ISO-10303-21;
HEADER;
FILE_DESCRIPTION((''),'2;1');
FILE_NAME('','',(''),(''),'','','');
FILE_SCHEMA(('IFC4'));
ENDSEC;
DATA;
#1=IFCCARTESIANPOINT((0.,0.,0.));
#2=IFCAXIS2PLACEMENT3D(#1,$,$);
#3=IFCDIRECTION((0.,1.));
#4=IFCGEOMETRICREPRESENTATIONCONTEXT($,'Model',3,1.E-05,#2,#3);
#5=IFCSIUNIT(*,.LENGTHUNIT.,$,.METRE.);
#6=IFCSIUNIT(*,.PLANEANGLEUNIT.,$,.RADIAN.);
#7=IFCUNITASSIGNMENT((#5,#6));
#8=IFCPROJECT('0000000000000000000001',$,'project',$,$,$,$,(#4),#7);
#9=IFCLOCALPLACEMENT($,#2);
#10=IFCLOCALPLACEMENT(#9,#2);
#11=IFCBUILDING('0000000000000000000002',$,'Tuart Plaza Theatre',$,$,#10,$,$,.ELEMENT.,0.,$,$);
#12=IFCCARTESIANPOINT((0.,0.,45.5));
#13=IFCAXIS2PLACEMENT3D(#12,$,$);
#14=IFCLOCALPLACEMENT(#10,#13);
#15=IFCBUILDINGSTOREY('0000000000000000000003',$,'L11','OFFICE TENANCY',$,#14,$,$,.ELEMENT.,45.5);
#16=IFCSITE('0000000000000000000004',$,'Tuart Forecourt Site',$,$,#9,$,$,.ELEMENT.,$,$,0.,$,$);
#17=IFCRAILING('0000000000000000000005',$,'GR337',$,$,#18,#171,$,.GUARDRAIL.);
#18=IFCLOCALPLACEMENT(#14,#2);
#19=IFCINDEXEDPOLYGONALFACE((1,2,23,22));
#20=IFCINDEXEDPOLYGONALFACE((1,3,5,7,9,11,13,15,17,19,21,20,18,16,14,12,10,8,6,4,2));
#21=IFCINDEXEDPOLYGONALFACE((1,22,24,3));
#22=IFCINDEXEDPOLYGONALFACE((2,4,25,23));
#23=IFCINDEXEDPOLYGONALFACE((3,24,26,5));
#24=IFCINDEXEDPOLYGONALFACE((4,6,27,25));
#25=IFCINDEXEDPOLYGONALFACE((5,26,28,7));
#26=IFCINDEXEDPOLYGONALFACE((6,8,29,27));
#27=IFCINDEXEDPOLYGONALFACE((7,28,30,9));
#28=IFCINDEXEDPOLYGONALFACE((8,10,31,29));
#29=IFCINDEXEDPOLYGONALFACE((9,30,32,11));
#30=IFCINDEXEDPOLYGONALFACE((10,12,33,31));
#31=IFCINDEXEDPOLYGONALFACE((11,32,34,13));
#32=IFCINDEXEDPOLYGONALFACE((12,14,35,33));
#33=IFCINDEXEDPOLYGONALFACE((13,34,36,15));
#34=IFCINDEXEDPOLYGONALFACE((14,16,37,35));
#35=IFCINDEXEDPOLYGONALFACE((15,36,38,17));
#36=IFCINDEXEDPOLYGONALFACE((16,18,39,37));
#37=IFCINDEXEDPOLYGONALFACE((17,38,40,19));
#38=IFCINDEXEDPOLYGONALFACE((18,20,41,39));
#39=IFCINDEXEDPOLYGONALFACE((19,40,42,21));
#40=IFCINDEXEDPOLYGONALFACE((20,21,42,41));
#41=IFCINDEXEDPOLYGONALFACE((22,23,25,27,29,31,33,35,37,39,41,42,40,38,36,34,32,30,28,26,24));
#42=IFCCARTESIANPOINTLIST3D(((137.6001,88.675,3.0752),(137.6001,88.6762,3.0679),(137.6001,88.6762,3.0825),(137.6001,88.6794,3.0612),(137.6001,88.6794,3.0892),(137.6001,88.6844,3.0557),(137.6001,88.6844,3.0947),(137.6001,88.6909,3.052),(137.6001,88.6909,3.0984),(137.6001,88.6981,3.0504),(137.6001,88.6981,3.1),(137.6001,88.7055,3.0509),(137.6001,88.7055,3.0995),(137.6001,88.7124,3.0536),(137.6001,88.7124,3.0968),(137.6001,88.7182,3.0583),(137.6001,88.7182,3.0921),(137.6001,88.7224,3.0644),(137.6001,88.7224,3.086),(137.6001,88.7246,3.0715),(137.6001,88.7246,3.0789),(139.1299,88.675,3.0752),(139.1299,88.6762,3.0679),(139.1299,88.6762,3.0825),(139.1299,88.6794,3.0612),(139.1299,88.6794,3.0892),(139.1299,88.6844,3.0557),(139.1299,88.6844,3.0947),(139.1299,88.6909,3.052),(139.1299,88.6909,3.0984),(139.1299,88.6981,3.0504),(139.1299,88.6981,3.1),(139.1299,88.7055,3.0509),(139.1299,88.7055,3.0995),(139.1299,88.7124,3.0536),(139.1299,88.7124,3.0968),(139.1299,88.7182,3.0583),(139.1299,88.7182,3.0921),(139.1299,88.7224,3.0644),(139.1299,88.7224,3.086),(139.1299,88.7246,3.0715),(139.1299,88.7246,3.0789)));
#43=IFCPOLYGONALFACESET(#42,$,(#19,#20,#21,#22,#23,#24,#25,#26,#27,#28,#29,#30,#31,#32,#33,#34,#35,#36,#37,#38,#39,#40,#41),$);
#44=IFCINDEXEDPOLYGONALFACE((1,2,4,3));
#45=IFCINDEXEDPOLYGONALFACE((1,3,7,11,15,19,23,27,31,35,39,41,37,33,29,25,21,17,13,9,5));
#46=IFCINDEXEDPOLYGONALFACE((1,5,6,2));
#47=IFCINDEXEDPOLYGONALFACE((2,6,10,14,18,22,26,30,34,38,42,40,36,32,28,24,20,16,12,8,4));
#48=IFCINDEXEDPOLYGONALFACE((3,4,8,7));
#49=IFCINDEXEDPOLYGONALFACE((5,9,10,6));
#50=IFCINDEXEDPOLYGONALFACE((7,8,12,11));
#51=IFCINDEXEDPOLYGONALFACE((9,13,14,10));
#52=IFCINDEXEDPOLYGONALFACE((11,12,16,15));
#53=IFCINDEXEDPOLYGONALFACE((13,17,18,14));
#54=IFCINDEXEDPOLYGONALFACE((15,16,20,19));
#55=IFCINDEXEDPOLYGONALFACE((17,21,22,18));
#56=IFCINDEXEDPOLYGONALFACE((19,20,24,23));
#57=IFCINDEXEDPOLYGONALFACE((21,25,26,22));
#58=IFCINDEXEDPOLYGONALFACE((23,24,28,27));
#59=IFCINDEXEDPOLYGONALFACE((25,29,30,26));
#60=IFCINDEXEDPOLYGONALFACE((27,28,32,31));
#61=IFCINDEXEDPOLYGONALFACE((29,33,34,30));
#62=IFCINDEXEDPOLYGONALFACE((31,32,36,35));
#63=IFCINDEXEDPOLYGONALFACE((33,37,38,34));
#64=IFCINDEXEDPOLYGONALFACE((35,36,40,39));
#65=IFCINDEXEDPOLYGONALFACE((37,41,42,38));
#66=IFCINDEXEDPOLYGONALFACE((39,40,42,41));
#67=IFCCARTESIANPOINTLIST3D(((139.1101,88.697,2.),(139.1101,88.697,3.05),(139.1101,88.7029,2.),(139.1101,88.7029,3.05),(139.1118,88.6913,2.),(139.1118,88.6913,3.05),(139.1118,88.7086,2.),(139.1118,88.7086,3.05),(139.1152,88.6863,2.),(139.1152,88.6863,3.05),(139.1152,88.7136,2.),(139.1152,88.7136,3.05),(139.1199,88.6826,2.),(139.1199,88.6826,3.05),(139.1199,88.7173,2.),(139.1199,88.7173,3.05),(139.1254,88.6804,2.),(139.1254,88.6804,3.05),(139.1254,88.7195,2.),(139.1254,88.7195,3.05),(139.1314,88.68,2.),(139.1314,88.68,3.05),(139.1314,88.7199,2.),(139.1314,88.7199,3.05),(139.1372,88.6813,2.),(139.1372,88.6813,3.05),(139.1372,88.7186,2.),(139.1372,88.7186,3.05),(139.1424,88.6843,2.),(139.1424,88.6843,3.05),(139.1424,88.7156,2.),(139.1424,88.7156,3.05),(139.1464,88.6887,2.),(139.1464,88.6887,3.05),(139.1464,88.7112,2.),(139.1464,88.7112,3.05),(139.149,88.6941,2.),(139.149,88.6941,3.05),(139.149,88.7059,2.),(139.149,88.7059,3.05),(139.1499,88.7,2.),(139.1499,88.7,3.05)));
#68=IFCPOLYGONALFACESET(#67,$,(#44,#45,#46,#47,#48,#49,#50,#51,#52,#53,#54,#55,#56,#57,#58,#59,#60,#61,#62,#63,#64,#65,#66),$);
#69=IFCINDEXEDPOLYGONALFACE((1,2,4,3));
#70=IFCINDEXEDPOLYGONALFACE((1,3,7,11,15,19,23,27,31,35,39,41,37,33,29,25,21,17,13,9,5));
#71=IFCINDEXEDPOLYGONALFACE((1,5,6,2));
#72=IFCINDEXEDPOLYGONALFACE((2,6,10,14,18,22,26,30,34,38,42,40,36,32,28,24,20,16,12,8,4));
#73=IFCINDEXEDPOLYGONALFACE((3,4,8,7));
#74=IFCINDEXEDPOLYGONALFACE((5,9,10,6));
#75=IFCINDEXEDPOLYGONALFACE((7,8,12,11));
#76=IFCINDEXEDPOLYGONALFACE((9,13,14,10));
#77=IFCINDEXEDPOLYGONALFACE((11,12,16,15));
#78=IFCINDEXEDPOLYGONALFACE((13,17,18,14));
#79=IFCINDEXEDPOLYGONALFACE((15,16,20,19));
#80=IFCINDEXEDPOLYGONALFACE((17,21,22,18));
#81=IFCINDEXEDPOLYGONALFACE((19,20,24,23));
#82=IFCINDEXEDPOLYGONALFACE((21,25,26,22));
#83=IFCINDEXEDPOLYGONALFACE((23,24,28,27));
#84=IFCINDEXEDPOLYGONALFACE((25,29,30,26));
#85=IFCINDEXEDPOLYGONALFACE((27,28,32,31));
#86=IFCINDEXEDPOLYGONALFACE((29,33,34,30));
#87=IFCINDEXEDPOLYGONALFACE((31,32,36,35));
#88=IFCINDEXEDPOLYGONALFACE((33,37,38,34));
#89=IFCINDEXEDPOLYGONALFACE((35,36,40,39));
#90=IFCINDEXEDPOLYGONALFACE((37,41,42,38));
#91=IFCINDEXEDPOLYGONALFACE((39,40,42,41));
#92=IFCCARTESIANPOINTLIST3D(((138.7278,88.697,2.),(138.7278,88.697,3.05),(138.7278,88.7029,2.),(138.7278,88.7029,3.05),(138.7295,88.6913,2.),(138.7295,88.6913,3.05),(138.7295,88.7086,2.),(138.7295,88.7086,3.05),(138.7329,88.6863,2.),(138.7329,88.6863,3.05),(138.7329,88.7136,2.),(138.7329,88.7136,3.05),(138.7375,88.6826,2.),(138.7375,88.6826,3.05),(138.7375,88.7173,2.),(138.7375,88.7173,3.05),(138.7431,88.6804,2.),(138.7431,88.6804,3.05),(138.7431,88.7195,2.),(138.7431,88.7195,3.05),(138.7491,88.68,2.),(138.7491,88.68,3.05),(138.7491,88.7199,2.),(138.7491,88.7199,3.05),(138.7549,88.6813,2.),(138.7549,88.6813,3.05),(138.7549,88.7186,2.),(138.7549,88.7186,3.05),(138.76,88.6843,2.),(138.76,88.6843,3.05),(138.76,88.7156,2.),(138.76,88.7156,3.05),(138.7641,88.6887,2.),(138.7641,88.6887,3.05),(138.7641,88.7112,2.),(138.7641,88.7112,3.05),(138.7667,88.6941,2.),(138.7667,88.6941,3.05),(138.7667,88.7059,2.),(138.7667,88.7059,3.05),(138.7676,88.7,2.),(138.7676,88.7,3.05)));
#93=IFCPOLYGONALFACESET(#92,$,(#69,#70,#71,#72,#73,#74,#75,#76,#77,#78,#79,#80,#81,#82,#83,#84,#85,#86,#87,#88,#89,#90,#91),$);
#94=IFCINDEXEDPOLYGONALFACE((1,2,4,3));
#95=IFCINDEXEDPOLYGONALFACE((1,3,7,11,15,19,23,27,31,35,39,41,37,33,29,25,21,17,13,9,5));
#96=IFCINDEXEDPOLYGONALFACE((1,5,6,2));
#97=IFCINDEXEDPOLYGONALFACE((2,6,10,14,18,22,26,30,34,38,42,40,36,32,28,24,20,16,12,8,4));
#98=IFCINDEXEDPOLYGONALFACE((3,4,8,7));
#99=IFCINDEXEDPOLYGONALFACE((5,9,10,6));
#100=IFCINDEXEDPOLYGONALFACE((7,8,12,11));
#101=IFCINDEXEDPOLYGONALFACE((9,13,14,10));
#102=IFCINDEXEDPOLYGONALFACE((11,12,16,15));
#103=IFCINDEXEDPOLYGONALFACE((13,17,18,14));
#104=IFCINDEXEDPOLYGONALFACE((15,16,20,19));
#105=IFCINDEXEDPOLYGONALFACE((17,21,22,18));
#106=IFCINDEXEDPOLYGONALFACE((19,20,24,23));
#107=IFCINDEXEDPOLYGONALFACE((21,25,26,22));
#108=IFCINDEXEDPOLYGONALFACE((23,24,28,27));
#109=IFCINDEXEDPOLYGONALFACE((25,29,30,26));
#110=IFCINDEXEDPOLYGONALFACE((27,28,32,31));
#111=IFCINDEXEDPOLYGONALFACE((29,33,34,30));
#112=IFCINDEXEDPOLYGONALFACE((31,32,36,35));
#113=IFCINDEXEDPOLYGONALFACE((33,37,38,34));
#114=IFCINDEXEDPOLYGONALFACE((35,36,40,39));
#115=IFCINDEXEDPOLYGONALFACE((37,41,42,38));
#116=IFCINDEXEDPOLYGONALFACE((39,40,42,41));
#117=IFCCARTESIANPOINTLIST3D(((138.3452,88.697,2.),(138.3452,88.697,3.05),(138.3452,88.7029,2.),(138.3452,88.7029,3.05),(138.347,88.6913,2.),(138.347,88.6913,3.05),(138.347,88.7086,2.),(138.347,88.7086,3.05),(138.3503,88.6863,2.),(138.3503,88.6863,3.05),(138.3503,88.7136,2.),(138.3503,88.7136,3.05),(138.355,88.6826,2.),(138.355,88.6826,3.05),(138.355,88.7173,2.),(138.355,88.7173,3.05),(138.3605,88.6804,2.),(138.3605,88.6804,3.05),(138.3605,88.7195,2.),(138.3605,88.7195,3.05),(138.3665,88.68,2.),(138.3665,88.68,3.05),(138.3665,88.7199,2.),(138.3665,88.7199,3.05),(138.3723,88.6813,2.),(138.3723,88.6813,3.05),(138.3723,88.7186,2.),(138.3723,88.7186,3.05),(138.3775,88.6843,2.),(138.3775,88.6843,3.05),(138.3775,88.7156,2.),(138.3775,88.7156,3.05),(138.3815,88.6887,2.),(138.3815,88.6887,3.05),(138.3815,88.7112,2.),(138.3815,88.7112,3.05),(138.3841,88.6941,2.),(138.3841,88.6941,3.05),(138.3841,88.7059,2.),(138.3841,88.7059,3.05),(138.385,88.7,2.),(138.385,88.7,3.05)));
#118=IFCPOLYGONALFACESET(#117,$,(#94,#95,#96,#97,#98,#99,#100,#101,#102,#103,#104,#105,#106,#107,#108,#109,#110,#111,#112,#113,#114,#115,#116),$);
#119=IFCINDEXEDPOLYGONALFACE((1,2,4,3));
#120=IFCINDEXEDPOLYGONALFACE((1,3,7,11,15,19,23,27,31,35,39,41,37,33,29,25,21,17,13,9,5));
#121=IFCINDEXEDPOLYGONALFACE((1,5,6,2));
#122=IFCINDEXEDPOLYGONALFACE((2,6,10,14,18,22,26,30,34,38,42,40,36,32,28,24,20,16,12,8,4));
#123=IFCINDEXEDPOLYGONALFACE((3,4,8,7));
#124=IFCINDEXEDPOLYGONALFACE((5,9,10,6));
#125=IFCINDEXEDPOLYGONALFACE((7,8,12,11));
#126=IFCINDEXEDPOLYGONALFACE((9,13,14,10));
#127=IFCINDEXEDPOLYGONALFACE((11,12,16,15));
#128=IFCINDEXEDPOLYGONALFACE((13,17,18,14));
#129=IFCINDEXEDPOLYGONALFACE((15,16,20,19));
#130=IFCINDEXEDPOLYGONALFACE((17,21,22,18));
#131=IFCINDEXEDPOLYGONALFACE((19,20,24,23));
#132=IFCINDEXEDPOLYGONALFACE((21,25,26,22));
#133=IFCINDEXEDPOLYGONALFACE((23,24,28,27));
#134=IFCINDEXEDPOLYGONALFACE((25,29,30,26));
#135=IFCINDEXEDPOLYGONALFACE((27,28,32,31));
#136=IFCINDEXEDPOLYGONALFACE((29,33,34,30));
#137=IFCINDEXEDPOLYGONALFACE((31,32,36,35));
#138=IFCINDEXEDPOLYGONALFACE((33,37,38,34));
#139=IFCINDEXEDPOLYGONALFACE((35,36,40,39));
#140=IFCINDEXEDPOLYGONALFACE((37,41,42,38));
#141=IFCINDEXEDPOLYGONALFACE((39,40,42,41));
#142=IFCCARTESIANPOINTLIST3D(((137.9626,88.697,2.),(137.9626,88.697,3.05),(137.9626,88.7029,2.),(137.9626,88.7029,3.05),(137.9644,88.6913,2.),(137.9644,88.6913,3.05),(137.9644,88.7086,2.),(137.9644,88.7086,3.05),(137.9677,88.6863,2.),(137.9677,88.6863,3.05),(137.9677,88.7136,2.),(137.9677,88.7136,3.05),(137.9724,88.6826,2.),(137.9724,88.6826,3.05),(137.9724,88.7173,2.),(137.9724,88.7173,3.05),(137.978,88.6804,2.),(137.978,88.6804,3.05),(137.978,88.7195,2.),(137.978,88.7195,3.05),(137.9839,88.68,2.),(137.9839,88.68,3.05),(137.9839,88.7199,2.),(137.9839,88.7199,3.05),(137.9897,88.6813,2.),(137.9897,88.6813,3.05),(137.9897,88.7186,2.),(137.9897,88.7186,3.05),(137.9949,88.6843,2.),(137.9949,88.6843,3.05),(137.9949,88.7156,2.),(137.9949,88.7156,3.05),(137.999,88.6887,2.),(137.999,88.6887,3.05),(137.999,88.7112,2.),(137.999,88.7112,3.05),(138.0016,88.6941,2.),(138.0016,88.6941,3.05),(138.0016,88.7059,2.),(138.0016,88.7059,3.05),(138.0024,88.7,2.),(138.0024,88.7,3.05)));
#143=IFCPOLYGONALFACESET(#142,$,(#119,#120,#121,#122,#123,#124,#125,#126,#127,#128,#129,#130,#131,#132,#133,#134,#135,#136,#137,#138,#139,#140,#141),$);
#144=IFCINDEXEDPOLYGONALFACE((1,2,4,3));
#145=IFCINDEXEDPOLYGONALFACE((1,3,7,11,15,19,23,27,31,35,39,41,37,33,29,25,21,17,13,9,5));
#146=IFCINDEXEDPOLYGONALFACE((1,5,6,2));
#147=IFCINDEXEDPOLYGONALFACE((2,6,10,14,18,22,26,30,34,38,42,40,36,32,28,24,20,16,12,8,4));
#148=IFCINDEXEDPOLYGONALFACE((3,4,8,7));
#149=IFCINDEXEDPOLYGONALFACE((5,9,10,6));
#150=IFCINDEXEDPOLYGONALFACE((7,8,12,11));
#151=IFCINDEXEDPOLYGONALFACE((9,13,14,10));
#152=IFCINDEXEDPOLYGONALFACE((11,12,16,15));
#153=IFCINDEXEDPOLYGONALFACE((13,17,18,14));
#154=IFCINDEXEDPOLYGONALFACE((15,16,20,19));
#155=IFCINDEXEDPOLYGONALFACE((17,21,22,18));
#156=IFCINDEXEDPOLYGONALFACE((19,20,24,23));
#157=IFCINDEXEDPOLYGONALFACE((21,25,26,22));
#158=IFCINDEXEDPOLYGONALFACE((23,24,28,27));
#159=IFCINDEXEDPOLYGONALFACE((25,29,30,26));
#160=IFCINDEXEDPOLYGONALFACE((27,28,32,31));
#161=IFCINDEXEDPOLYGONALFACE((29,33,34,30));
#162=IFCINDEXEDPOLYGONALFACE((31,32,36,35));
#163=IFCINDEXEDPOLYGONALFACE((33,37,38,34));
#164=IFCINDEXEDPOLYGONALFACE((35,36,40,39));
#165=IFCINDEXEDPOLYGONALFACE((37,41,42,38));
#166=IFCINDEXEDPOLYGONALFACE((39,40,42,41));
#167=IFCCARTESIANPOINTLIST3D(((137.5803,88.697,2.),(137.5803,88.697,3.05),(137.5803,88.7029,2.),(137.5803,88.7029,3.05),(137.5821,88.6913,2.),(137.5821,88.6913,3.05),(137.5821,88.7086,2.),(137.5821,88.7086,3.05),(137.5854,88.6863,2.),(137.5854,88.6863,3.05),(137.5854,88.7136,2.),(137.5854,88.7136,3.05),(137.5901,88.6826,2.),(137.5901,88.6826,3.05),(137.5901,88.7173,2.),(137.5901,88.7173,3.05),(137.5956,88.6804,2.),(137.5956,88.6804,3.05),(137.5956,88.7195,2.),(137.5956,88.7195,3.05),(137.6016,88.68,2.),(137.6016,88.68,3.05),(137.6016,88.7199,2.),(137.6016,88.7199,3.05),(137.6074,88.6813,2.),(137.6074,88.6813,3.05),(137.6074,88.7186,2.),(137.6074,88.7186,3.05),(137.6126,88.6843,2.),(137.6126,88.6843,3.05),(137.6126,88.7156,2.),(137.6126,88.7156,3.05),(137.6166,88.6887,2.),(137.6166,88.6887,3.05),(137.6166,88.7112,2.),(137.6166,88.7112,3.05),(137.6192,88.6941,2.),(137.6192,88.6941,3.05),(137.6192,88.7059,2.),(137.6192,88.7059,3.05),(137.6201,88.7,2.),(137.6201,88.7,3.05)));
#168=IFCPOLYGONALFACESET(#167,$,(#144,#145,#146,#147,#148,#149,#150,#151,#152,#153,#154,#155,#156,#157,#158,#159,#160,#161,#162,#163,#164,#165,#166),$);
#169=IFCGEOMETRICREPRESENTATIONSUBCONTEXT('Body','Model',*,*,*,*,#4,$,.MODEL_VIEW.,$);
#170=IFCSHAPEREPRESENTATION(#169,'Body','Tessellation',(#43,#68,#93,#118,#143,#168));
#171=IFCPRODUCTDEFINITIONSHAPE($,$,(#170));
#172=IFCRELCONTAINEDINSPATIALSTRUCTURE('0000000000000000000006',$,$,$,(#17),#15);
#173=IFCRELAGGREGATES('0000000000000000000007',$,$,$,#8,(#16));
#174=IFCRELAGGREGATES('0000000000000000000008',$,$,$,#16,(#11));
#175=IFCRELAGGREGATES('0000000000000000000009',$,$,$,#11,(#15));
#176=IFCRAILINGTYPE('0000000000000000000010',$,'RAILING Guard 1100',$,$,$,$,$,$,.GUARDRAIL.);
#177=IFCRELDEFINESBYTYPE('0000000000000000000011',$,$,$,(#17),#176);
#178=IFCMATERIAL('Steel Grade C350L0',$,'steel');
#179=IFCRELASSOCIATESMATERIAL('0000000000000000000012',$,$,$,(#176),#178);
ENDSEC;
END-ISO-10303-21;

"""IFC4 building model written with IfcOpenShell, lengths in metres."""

from ifc_helpers import new_model, si_unit, direction, frame, origin, origin_2d, place, context, subcontext, project, spatial, circle, extrude, material, type_object, element, save


model = new_model("IFC4")

# Units and contexts
model_context = context("Model", 3, precision=1e-05, world=origin(), true_north=direction((0.0, 1.0)))
body_context = subcontext(model_context, "Body", "Model", "MODEL_VIEW")
ifc_project = project(units=[si_unit("LENGTHUNIT", "METRE"), si_unit("PLANEANGLEUNIT", "RADIAN")], contexts=[model_context])

# Site, building, storey
site_placement = place(None, origin())
site = spatial("IfcSite", under=ifc_project, at=site_placement, Name="Tuart Forecourt Site", CompositionType="ELEMENT", RefElevation=0.0)
building_placement = place(site_placement, origin())
building = spatial("IfcBuilding", under=site, at=building_placement, Name="Tuart Plaza Theatre", CompositionType="ELEMENT", ElevationOfRefHeight=0.0)
storey_placement = place(building_placement, frame((0.0, 0.0, 45.5)))
storey = spatial("IfcBuildingStorey", under=building, at=storey_placement, Name="L11", Description="OFFICE TENANCY", CompositionType="ELEMENT", Elevation=45.5)

# Railing
ifc_material_1 = material(Name="Steel Grade C350L0", Category="steel")
railing_type_1 = type_object("IfcRailingType", Name="RAILING Guard 1100", PredefinedType="GUARDRAIL", material=ifc_material_1)
railing_1_placement = place(storey_placement, frame((139.1299, 88.7, 2.0)))
element("IfcRailing", 1, at=railing_1_placement, inside=storey, type_object=railing_type_1, Name="GR337", PredefinedType="GUARDRAIL", context=body_context, shape_type="SweptSolid", body=[
    extrude(circle(Radius=0.0249, at=origin_2d()), frame((0.0, 0.0, 1.0752), z_axis=(-1.0, 0.0, 0.0), x_axis=(0.0, -1.0, 0.0)), (0.0, 0.0, 1.0), 1.5298),
    extrude(circle(Radius=0.02, at=origin_2d()), origin(), (0.0, 0.0, 1.0), 1.05),
    extrude(circle(Radius=0.02, at=origin_2d()), frame((-0.3823, 0.0, 0.0)), (0.0, 0.0, 1.0), 1.05),
    extrude(circle(Radius=0.02, at=origin_2d()), frame((-0.7649, 0.0, 0.0)), (0.0, 0.0, 1.0), 1.05),
    extrude(circle(Radius=0.02, at=origin_2d()), frame((-1.1475, 0.0, 0.0)), (0.0, 0.0, 1.0), 1.05),
    extrude(circle(Radius=0.02, at=origin_2d()), frame((-1.5298, 0.0, 0.0)), (0.0, 0.0, 1.0), 1.05),
])

save(model, "model.ifc")
